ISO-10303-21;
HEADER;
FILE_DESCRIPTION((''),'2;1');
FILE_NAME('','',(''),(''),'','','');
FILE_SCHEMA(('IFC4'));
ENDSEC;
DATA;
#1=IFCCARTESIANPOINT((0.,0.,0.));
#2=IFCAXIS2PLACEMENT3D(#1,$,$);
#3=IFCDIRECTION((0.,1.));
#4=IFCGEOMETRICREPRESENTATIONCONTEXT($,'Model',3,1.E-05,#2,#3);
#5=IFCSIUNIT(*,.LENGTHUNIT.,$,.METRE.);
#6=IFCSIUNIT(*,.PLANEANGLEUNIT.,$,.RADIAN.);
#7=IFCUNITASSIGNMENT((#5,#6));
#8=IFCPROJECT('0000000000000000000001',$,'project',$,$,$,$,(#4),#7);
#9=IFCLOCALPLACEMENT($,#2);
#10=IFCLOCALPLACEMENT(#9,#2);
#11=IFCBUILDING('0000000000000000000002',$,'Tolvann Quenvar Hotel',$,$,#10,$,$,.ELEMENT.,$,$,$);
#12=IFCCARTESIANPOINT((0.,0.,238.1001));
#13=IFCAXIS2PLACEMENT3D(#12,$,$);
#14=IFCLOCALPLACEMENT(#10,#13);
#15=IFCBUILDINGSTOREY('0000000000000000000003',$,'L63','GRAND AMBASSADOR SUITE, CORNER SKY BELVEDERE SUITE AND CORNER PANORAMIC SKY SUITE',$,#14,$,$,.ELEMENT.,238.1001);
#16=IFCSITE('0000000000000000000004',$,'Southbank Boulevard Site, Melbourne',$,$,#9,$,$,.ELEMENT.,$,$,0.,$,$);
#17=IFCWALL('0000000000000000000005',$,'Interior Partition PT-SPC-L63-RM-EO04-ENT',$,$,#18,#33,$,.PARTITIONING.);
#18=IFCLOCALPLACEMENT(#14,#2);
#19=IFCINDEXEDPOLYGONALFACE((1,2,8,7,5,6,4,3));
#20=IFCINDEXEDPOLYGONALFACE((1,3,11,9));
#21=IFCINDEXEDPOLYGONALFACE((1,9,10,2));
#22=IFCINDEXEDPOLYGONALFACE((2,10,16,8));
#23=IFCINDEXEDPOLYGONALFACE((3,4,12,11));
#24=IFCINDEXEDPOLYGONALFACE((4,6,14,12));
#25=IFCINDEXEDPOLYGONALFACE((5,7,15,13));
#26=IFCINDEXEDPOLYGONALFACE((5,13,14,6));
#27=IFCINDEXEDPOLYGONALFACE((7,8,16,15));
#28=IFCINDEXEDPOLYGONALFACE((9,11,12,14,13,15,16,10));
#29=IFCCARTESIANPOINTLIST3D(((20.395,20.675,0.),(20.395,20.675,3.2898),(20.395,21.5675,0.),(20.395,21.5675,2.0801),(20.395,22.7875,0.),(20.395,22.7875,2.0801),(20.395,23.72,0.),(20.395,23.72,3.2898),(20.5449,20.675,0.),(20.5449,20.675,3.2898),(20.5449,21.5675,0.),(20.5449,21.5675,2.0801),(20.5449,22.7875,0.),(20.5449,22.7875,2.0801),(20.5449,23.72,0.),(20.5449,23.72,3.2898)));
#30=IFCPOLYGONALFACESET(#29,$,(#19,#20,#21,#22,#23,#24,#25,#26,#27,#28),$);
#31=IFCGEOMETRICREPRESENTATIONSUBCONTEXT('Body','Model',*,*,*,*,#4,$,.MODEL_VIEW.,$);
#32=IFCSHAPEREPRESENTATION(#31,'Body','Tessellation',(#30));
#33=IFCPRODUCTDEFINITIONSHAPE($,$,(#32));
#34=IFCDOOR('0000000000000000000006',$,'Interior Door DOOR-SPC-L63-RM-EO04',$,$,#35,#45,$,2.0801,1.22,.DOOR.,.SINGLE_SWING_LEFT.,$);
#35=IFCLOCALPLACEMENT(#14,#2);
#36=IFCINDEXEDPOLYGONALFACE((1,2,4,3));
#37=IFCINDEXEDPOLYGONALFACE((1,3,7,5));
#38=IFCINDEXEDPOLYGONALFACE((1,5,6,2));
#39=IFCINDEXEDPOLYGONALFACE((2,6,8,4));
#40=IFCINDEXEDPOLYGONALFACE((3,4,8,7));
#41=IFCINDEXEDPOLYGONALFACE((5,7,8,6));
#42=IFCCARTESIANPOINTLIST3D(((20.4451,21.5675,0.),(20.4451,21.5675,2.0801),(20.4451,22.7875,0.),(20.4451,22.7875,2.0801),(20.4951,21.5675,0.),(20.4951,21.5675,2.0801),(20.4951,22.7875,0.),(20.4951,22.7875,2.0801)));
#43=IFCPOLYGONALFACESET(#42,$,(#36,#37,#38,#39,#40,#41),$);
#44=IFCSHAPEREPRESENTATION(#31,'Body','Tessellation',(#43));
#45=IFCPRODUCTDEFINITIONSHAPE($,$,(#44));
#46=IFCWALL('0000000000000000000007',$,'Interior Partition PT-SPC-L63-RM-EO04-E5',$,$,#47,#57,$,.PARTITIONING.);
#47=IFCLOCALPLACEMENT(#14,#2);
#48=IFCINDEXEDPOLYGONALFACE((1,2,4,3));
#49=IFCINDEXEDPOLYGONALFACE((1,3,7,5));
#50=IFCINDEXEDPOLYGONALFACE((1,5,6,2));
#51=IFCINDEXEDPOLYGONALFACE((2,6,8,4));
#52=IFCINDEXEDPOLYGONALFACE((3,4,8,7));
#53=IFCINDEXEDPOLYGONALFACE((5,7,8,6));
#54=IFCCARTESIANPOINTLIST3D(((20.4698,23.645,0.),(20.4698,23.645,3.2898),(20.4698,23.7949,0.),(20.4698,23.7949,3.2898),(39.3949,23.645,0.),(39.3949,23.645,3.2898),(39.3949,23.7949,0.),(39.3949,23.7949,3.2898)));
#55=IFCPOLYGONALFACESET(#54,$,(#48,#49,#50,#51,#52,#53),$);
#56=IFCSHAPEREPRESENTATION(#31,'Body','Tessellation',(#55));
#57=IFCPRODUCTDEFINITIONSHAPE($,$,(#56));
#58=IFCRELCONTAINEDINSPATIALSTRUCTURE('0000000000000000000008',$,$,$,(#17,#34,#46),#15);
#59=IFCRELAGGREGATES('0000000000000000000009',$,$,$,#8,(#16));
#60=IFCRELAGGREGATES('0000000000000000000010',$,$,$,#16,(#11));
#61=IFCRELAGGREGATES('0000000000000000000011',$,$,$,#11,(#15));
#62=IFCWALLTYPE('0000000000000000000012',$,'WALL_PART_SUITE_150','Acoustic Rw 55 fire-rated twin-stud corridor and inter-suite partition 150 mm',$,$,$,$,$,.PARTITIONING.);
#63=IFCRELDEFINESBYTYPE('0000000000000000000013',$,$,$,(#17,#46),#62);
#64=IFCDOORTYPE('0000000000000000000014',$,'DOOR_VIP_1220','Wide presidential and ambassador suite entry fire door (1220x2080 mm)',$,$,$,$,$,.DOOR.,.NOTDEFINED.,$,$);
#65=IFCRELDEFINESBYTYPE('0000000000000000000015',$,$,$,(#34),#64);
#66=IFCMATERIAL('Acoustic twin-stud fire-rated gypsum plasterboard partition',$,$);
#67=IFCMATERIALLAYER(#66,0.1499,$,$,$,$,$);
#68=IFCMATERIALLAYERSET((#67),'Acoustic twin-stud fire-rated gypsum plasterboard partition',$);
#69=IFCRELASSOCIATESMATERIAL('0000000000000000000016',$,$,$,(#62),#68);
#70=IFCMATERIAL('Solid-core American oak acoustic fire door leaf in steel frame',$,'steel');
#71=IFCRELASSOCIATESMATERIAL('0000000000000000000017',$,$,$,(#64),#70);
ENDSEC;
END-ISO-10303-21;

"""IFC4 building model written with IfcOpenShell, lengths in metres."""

from ifc_helpers import new_model, si_unit, direction, frame, frame_2d, origin, place, context, subcontext, project, spatial, rectangle, extrude, source, transform, mapped, material, layer, layer_set, type_object, type_shapes, element, fill, save


model = new_model("IFC4")

# Units and contexts
model_context = context("Model", 3, precision=1e-05, world=origin(), true_north=direction((0.0, 1.0)))
body_context = subcontext(model_context, "Body", "Model", "MODEL_VIEW")
ifc_project = project(units=[si_unit("LENGTHUNIT", "METRE"), si_unit("PLANEANGLEUNIT", "RADIAN")], contexts=[model_context])

# Site, building, storey
site_placement = place(None, origin())
site = spatial("IfcSite", under=ifc_project, at=site_placement, Name="Southbank Boulevard Site, Melbourne", CompositionType="ELEMENT", RefElevation=0.0)
building_placement = place(site_placement, origin())
building = spatial("IfcBuilding", under=site, at=building_placement, Name="Tolvann Quenvar Hotel", CompositionType="ELEMENT")
storey_placement = place(building_placement, frame((0.0, 0.0, 238.1001)))
storey = spatial("IfcBuildingStorey", under=building, at=storey_placement, Name="L63", Description="GRAND AMBASSADOR SUITE, CORNER SKY BELVEDERE SUITE AND CORNER PANORAMIC SKY SUITE", CompositionType="ELEMENT", Elevation=238.1001)

# Shared definitions
ifc_material_1 = material(Name="Acoustic twin-stud fire-rated gypsum plasterboard partition")
ifc_layer_1 = layer(ifc_material_1, 0.1499)
ifc_layer_set_1 = layer_set([ifc_layer_1], Name="Acoustic twin-stud fire-rated gypsum plasterboard partition")
wall_type_1 = type_object("IfcWallType", Name="WALL_PART_SUITE_150", Description="Acoustic Rw 55 fire-rated twin-stud corridor and inter-suite partition 150 mm", PredefinedType="PARTITIONING", material=ifc_layer_set_1)
ifc_material_2 = material(Name="Solid-core American oak acoustic fire door leaf in steel frame", Category="steel")

# Wall, opening, door
door_type_1 = type_object("IfcDoorType", Name="DOOR_VIP_1220", Description="Wide presidential and ambassador suite entry fire door (1220x2080 mm)", OperationType="NOTDEFINED", PredefinedType="DOOR", material=ifc_material_2)
shared_shape_1 = source(origin(), body_context, "Body", "SweptSolid", [
    extrude(rectangle(XDim=1.22, YDim=2.0801, at=frame_2d((0.6099, 1.04))), frame((0.0, 0.0249, 0.0), z_axis=(0.0, -1.0, 0.0), x_axis=(1.0, 0.0, 0.0)), (0.0, 0.0, 1.0), 0.05),
])
type_shapes(door_type_1, [shared_shape_1])
wall_1_placement = place(storey_placement, frame((20.47, 20.675, 0.0), z_axis=(0.0, 0.0, 1.0), x_axis=(0.0, 1.0, 0.0)))
wall_1 = element("IfcWall", 1, at=wall_1_placement, inside=storey, type_object=wall_type_1, Name="Interior Partition PT-SPC-L63-RM-EO04-ENT", PredefinedType="PARTITIONING", context=body_context, shape_type="SweptSolid", body=[
    extrude(rectangle(XDim=3.0449, YDim=0.1499, at=frame_2d((1.5225, 0.0))), origin(), (0.0, 0.0, 1.0), 3.2898),
])
opening_1_placement = place(wall_1_placement, frame((0.8926, 0.0, 0.0)))
opening_1 = element("IfcOpeningElement", 2, at=opening_1_placement, cuts=wall_1, PredefinedType="OPENING", context=body_context, shape_type="SweptSolid", body=[
    extrude(rectangle(XDim=1.22, YDim=2.0801, at=frame_2d((0.6099, 1.04))), frame((0.0, 0.085, 0.0), z_axis=(0.0, -1.0, 0.0), x_axis=(1.0, 0.0, 0.0)), (0.0, 0.0, 1.0), 0.1699),
])
door_1_placement = place(opening_1_placement, origin())
door_1 = element("IfcDoor", 3, at=door_1_placement, inside=storey, type_object=door_type_1, Name="Interior Door DOOR-SPC-L63-RM-EO04", OperationType="SINGLE_SWING_LEFT", OverallHeight=2.0801, OverallWidth=1.22, PredefinedType="DOOR", context=body_context, shape_type="MappedRepresentation", body=[
    mapped(shared_shape_1, transform((0.0, 0.0, 0.0), x_axis=(1.0, 0.0, 0.0), y_axis=(0.0, 1.0, 0.0), z_axis=(0.0, 0.0, 1.0), scale=1.0)),
])
fill(opening_1, door_1)

# Wall
wall_2_placement = place(storey_placement, frame((20.47, 23.72, 0.0), z_axis=(0.0, 0.0, 1.0), x_axis=(1.0, 0.0, 0.0)))
element("IfcWall", 4, at=wall_2_placement, inside=storey, type_object=wall_type_1, Name="Interior Partition PT-SPC-L63-RM-EO04-E5", PredefinedType="PARTITIONING", context=body_context, shape_type="SweptSolid", body=[
    extrude(rectangle(XDim=18.925, YDim=0.1499, at=frame_2d((9.4624, 0.0))), origin(), (0.0, 0.0, 1.0), 3.2898),
])

save(model, "model.ifc")
